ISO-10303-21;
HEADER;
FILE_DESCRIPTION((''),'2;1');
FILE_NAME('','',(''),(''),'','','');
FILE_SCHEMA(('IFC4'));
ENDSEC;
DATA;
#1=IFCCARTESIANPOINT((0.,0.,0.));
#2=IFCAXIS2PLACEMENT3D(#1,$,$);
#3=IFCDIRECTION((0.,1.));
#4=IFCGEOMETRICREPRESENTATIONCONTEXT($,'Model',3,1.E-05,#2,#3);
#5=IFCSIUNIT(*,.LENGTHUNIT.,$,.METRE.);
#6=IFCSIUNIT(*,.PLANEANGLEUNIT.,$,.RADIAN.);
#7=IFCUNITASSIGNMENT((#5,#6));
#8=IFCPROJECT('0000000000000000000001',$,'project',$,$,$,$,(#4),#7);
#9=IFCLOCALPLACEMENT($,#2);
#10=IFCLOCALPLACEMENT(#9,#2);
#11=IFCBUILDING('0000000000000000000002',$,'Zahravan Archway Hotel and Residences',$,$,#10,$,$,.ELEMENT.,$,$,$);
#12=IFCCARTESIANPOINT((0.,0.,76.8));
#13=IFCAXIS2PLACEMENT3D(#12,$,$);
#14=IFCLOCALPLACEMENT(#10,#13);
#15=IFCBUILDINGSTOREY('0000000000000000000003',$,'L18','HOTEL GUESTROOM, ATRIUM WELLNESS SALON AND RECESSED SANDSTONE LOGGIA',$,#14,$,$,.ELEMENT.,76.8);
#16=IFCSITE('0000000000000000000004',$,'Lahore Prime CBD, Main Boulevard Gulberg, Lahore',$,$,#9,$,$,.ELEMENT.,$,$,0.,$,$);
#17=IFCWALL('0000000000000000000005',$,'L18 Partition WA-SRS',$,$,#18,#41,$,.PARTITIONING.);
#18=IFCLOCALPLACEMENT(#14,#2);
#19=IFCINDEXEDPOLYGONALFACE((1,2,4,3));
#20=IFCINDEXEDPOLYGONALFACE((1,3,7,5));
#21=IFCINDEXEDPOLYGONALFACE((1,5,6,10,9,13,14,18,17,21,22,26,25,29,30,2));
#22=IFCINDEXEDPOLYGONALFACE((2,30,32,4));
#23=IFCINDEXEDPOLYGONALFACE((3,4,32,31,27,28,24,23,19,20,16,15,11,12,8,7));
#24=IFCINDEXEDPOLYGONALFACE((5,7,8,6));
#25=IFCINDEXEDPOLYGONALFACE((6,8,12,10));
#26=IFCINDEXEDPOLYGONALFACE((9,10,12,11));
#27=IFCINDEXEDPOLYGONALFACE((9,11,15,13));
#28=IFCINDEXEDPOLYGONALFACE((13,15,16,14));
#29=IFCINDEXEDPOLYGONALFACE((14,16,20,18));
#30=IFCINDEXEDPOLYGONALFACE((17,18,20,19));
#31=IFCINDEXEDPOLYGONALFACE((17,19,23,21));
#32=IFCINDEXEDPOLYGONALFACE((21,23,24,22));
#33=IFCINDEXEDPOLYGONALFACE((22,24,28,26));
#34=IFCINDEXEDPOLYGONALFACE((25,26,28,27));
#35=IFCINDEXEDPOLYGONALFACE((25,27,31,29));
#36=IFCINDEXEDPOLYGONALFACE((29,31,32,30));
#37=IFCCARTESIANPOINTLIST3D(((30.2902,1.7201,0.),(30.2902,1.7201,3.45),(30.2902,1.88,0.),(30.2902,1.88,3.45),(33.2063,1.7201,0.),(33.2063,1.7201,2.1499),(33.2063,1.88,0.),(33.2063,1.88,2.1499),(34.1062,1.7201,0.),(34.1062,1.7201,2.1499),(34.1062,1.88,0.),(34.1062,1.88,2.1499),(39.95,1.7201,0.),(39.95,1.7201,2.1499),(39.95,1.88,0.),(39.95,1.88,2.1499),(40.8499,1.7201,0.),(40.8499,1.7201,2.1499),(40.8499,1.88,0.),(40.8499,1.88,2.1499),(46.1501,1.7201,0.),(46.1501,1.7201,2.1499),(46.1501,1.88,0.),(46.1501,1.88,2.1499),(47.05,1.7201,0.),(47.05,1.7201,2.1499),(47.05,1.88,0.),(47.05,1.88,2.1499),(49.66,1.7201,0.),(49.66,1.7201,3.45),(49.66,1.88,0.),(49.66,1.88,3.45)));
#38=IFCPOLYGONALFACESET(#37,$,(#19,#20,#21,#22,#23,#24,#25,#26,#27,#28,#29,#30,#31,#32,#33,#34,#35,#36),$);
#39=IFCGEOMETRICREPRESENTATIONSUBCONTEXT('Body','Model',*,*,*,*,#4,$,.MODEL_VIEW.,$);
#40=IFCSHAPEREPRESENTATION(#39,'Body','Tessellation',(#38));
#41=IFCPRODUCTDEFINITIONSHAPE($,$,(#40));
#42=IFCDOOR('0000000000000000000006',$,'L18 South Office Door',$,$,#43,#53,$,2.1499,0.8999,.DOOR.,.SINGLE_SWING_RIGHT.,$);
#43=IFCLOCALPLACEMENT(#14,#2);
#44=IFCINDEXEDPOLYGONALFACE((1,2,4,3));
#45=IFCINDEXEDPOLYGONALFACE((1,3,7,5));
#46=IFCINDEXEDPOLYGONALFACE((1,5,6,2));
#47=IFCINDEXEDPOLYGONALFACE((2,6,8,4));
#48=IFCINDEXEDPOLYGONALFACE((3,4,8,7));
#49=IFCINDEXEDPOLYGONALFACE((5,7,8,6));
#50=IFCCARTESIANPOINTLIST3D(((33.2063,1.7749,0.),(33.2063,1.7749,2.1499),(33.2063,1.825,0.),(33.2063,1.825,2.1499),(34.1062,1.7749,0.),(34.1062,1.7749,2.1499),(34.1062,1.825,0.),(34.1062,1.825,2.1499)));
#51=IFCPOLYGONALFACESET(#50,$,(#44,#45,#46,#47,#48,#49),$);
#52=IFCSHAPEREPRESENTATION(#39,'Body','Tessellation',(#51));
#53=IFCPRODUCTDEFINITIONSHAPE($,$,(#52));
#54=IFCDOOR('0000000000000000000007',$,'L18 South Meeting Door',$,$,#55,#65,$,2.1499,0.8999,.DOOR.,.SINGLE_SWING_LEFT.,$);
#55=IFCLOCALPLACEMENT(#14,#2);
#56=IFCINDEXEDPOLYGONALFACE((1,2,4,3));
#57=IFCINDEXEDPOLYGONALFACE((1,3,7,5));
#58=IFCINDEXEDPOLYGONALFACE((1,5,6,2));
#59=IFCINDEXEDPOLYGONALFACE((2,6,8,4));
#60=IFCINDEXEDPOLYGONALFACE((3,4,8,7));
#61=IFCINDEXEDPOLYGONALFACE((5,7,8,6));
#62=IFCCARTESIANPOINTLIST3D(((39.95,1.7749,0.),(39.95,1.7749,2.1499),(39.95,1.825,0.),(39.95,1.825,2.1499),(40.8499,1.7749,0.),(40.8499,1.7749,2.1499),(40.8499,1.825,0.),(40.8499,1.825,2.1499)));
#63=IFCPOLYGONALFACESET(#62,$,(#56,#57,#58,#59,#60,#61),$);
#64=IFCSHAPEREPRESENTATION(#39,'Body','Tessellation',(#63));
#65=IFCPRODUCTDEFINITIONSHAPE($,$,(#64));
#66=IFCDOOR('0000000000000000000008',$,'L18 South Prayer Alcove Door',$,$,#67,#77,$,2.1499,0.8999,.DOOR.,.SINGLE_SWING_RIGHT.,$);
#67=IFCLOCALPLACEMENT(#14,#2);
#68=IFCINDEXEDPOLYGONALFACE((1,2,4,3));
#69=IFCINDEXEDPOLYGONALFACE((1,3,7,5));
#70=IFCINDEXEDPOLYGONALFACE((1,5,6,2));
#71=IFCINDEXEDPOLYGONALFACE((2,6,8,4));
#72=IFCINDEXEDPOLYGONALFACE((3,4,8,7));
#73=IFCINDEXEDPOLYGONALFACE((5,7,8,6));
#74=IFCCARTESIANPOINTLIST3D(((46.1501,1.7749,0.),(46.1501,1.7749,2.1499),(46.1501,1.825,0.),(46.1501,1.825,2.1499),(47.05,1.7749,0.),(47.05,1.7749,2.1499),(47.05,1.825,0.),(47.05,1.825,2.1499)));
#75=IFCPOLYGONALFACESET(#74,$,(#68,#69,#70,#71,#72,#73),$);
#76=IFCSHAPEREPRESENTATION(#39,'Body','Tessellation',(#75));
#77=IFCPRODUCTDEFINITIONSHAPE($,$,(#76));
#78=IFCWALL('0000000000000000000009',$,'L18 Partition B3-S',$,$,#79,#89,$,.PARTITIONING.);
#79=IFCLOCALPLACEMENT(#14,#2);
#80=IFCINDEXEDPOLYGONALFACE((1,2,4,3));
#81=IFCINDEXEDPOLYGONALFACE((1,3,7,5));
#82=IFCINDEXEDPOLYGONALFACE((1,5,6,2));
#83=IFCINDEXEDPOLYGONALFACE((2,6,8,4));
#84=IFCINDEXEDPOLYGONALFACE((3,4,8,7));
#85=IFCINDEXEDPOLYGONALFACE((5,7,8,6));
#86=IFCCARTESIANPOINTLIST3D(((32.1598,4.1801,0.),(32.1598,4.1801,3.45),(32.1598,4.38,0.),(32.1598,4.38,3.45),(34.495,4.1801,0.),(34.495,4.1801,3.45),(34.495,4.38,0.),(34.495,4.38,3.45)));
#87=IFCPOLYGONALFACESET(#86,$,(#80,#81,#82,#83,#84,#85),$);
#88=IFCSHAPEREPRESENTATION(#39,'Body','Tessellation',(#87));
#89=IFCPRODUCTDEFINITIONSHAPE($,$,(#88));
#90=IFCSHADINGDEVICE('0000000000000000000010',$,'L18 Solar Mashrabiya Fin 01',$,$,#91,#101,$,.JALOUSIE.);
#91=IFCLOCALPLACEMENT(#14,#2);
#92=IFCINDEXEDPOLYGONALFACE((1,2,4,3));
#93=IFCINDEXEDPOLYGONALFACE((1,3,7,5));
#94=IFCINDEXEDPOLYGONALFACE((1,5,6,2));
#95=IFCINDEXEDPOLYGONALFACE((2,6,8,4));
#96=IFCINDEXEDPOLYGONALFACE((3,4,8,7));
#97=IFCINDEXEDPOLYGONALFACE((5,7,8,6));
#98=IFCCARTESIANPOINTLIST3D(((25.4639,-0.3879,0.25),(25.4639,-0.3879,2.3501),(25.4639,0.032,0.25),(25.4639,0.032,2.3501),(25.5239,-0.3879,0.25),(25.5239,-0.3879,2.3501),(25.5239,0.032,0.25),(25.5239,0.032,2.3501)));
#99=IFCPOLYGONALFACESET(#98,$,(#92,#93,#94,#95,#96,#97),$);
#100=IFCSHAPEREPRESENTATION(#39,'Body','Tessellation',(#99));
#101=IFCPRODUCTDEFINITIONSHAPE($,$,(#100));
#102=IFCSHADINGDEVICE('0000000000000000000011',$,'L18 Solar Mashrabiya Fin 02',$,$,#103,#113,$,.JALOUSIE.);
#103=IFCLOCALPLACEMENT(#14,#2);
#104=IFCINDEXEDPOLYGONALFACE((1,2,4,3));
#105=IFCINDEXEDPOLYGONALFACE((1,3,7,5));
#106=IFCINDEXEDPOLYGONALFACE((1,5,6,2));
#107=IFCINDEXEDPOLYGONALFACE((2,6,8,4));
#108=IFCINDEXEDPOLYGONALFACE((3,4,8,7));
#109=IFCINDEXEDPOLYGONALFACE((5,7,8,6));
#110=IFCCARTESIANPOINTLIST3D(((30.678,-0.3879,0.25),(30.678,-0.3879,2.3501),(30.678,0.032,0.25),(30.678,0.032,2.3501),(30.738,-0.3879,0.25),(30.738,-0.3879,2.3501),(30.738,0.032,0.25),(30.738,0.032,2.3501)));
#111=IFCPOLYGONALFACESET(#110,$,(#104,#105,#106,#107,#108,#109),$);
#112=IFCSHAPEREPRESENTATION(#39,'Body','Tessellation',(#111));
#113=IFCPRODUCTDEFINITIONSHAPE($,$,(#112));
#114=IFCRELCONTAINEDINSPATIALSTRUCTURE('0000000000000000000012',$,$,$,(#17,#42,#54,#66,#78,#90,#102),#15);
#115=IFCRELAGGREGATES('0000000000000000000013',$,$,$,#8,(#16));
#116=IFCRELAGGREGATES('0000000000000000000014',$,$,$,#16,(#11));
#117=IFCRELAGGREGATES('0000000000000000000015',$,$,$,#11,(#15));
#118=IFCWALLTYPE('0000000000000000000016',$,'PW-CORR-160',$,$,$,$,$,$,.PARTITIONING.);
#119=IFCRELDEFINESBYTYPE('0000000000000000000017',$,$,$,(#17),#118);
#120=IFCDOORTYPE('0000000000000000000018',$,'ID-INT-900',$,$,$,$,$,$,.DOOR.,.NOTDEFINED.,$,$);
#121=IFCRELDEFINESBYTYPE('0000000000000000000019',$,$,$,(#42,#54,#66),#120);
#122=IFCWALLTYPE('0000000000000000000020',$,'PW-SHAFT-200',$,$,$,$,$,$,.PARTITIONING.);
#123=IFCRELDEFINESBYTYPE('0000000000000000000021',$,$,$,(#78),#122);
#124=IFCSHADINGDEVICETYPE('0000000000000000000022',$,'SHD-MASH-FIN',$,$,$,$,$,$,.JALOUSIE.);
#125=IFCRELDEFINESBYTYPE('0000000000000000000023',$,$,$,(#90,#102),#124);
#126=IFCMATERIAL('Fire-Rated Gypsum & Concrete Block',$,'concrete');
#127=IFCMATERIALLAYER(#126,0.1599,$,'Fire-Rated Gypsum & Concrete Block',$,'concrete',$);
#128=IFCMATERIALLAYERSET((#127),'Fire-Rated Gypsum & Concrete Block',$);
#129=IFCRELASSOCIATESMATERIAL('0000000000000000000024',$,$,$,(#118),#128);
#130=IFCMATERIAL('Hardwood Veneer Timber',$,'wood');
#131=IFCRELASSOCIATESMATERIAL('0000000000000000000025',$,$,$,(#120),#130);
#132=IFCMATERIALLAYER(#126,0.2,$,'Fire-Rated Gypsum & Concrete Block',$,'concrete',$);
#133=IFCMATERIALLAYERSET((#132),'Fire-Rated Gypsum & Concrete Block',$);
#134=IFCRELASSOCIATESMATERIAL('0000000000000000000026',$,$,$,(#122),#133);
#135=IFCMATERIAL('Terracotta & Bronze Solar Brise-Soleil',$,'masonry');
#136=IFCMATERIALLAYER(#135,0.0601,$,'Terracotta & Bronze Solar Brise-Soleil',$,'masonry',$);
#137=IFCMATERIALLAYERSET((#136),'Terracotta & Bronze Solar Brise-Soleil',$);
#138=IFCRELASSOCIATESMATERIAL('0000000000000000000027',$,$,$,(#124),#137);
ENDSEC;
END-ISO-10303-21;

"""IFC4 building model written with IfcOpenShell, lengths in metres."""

from ifc_helpers import new_model, si_unit, direction, frame, frame_2d, origin, origin_2d, place, context, subcontext, project, spatial, rectangle, extrude, source, transform, mapped, material, layer, layer_set, type_object, type_shapes, element, fill, save


model = new_model("IFC4")

# Units and contexts
model_context = context("Model", 3, precision=1e-05, world=origin(), true_north=direction((0.0, 1.0)))
body_context = subcontext(model_context, "Body", "Model", "MODEL_VIEW")
ifc_project = project(units=[si_unit("LENGTHUNIT", "METRE"), si_unit("PLANEANGLEUNIT", "RADIAN")], contexts=[model_context])

# Site, building, storey
site_placement = place(None, origin())
site = spatial("IfcSite", under=ifc_project, at=site_placement, Name="Lahore Prime CBD, Main Boulevard Gulberg, Lahore", CompositionType="ELEMENT", RefElevation=0.0)
building_placement = place(site_placement, origin())
building = spatial("IfcBuilding", under=site, at=building_placement, Name="Zahravan Archway Hotel and Residences", CompositionType="ELEMENT")
storey_placement = place(building_placement, frame((0.0, 0.0, 76.8)))
storey = spatial("IfcBuildingStorey", under=building, at=storey_placement, Name="L18", Description="HOTEL GUESTROOM, ATRIUM WELLNESS SALON AND RECESSED SANDSTONE LOGGIA", CompositionType="ELEMENT", Elevation=76.8)

# Shared definitions
ifc_material_1 = material(Name="Fire-Rated Gypsum & Concrete Block", Category="concrete")
ifc_layer_1 = layer(ifc_material_1, 0.1599, Name="Fire-Rated Gypsum & Concrete Block", Category="concrete")
ifc_layer_set_1 = layer_set([ifc_layer_1], Name="Fire-Rated Gypsum & Concrete Block")
wall_type_1 = type_object("IfcWallType", Name="PW-CORR-160", PredefinedType="PARTITIONING", material=ifc_layer_set_1)

# Wall, openings, doors
wall_1_placement = place(storey_placement, frame((30.29, 1.8, 0.0), z_axis=(0.0, 0.0, 1.0), x_axis=(1.0, 0.0, 0.0)))
wall_1 = element("IfcWall", 1, at=wall_1_placement, inside=storey, type_object=wall_type_1, Name="L18 Partition WA-SRS", PredefinedType="PARTITIONING", context=body_context, shape_type="SweptSolid", body=[
    extrude(rectangle(XDim=19.3699, YDim=0.1599, at=frame_2d((9.6851, 0.0))), origin(), (0.0, 0.0, 1.0), 3.45),
])
opening_1_placement = place(wall_1_placement, frame((2.9163, 0.0, 0.0)))
opening_1 = element("IfcOpeningElement", 2, at=opening_1_placement, cuts=wall_1, PredefinedType="OPENING", context=body_context, shape_type="SweptSolid", body=[
    extrude(rectangle(XDim=0.8999, YDim=2.1499, at=frame_2d((0.45, 1.075))), frame((0.0, 0.0898, 0.0), z_axis=(0.0, -1.0, 0.0), x_axis=(1.0, 0.0, 0.0)), (0.0, 0.0, 1.0), 0.1799),
])
opening_2_placement = place(wall_1_placement, frame((9.6599, 0.0, 0.0)))
opening_2 = element("IfcOpeningElement", 3, at=opening_2_placement, cuts=wall_1, PredefinedType="OPENING", context=body_context, shape_type="SweptSolid", body=[
    extrude(rectangle(XDim=0.8999, YDim=2.1499, at=frame_2d((0.45, 1.075))), frame((0.0, 0.0898, 0.0), z_axis=(0.0, -1.0, 0.0), x_axis=(1.0, 0.0, 0.0)), (0.0, 0.0, 1.0), 0.1799),
])
opening_3_placement = place(wall_1_placement, frame((15.8601, 0.0, 0.0)))
opening_3 = element("IfcOpeningElement", 4, at=opening_3_placement, cuts=wall_1, PredefinedType="OPENING", context=body_context, shape_type="SweptSolid", body=[
    extrude(rectangle(XDim=0.8999, YDim=2.1499, at=frame_2d((0.45, 1.075))), frame((0.0, 0.0898, 0.0), z_axis=(0.0, -1.0, 0.0), x_axis=(1.0, 0.0, 0.0)), (0.0, 0.0, 1.0), 0.1799),
])
ifc_material_2 = material(Name="Hardwood Veneer Timber", Category="wood")
door_type_1 = type_object("IfcDoorType", Name="ID-INT-900", OperationType="NOTDEFINED", PredefinedType="DOOR", material=ifc_material_2)
shared_shape_1 = source(origin(), body_context, "Body", "SweptSolid", [
    extrude(rectangle(XDim=0.8999, YDim=2.1499, at=frame_2d((0.45, 1.075))), frame((0.0, 0.0249, 0.0), z_axis=(0.0, -1.0, 0.0), x_axis=(1.0, 0.0, 0.0)), (0.0, 0.0, 1.0), 0.05),
])
type_shapes(door_type_1, [shared_shape_1])
door_1_placement = place(opening_1_placement, origin())
door_1 = element("IfcDoor", 5, at=door_1_placement, inside=storey, type_object=door_type_1, Name="L18 South Office Door", OperationType="SINGLE_SWING_RIGHT", OverallHeight=2.1499, OverallWidth=0.8999, PredefinedType="DOOR", context=body_context, shape_type="MappedRepresentation", body=[
    mapped(shared_shape_1, transform((0.0, 0.0, 0.0), scale=1.0)),
])
fill(opening_1, door_1)
door_2_placement = place(opening_2_placement, origin())
door_2 = element("IfcDoor", 6, at=door_2_placement, inside=storey, type_object=door_type_1, Name="L18 South Meeting Door", OperationType="SINGLE_SWING_LEFT", OverallHeight=2.1499, OverallWidth=0.8999, PredefinedType="DOOR", context=body_context, shape_type="MappedRepresentation", body=[
    mapped(shared_shape_1, transform((0.0, 0.0, 0.0), scale=1.0)),
])
fill(opening_2, door_2)
door_3_placement = place(opening_3_placement, origin())
door_3 = element("IfcDoor", 7, at=door_3_placement, inside=storey, type_object=door_type_1, Name="L18 South Prayer Alcove Door", OperationType="SINGLE_SWING_RIGHT", OverallHeight=2.1499, OverallWidth=0.8999, PredefinedType="DOOR", context=body_context, shape_type="MappedRepresentation", body=[
    mapped(shared_shape_1, transform((0.0, 0.0, 0.0), scale=1.0)),
])
fill(opening_3, door_3)

# Wall
ifc_layer_2 = layer(ifc_material_1, 0.2, Name="Fire-Rated Gypsum & Concrete Block", Category="concrete")
ifc_layer_set_2 = layer_set([ifc_layer_2], Name="Fire-Rated Gypsum & Concrete Block")
wall_type_2 = type_object("IfcWallType", Name="PW-SHAFT-200", PredefinedType="PARTITIONING", material=ifc_layer_set_2)
wall_2_placement = place(storey_placement, frame((32.1599, 4.28, 0.0), z_axis=(0.0, 0.0, 1.0), x_axis=(1.0, 0.0, 0.0)))
element("IfcWall", 8, at=wall_2_placement, inside=storey, type_object=wall_type_2, Name="L18 Partition B3-S", PredefinedType="PARTITIONING", context=body_context, shape_type="SweptSolid", body=[
    extrude(rectangle(XDim=2.3352, YDim=0.2, at=frame_2d((1.1675, 0.0))), origin(), (0.0, 0.0, 1.0), 3.45),
])

# Shading devices
ifc_material_3 = material(Name="Terracotta & Bronze Solar Brise-Soleil", Category="masonry")
ifc_layer_3 = layer(ifc_material_3, 0.0601, Name="Terracotta & Bronze Solar Brise-Soleil", Category="masonry")
ifc_layer_set_3 = layer_set([ifc_layer_3], Name="Terracotta & Bronze Solar Brise-Soleil")
shading_device_type = type_object("IfcShadingDeviceType", Name="SHD-MASH-FIN", PredefinedType="JALOUSIE", material=ifc_layer_set_3)
shared_shape_2 = source(origin(), body_context, "Body", "SweptSolid", [
    extrude(rectangle(XDim=0.0601, YDim=0.4199, at=origin_2d()), origin(), (0.0, 0.0, 1.0), 2.1001),
])
type_shapes(shading_device_type, [shared_shape_2])
for number, where, z_axis, x_axis, name in (
    (9, (25.4939, -0.178, 0.25), (0.0, 0.0, 1.0), (1.0, 0.0, 0.0), "L18 Solar Mashrabiya Fin 01"),
    (10, (30.708, -0.178, 0.25), (0.0, 0.0, 1.0), (1.0, 0.0, 0.0), "L18 Solar Mashrabiya Fin 02"),
):
    element("IfcShadingDevice", number, at=place(storey_placement, frame(where, z_axis=z_axis, x_axis=x_axis)), inside=storey, type_object=shading_device_type, Name=name, PredefinedType="JALOUSIE", context=body_context, shape_type="MappedRepresentation", body=[
        mapped(shared_shape_2, transform((0.0, 0.0, 0.0), scale=1.0)),
    ])

save(model, "model.ifc")
